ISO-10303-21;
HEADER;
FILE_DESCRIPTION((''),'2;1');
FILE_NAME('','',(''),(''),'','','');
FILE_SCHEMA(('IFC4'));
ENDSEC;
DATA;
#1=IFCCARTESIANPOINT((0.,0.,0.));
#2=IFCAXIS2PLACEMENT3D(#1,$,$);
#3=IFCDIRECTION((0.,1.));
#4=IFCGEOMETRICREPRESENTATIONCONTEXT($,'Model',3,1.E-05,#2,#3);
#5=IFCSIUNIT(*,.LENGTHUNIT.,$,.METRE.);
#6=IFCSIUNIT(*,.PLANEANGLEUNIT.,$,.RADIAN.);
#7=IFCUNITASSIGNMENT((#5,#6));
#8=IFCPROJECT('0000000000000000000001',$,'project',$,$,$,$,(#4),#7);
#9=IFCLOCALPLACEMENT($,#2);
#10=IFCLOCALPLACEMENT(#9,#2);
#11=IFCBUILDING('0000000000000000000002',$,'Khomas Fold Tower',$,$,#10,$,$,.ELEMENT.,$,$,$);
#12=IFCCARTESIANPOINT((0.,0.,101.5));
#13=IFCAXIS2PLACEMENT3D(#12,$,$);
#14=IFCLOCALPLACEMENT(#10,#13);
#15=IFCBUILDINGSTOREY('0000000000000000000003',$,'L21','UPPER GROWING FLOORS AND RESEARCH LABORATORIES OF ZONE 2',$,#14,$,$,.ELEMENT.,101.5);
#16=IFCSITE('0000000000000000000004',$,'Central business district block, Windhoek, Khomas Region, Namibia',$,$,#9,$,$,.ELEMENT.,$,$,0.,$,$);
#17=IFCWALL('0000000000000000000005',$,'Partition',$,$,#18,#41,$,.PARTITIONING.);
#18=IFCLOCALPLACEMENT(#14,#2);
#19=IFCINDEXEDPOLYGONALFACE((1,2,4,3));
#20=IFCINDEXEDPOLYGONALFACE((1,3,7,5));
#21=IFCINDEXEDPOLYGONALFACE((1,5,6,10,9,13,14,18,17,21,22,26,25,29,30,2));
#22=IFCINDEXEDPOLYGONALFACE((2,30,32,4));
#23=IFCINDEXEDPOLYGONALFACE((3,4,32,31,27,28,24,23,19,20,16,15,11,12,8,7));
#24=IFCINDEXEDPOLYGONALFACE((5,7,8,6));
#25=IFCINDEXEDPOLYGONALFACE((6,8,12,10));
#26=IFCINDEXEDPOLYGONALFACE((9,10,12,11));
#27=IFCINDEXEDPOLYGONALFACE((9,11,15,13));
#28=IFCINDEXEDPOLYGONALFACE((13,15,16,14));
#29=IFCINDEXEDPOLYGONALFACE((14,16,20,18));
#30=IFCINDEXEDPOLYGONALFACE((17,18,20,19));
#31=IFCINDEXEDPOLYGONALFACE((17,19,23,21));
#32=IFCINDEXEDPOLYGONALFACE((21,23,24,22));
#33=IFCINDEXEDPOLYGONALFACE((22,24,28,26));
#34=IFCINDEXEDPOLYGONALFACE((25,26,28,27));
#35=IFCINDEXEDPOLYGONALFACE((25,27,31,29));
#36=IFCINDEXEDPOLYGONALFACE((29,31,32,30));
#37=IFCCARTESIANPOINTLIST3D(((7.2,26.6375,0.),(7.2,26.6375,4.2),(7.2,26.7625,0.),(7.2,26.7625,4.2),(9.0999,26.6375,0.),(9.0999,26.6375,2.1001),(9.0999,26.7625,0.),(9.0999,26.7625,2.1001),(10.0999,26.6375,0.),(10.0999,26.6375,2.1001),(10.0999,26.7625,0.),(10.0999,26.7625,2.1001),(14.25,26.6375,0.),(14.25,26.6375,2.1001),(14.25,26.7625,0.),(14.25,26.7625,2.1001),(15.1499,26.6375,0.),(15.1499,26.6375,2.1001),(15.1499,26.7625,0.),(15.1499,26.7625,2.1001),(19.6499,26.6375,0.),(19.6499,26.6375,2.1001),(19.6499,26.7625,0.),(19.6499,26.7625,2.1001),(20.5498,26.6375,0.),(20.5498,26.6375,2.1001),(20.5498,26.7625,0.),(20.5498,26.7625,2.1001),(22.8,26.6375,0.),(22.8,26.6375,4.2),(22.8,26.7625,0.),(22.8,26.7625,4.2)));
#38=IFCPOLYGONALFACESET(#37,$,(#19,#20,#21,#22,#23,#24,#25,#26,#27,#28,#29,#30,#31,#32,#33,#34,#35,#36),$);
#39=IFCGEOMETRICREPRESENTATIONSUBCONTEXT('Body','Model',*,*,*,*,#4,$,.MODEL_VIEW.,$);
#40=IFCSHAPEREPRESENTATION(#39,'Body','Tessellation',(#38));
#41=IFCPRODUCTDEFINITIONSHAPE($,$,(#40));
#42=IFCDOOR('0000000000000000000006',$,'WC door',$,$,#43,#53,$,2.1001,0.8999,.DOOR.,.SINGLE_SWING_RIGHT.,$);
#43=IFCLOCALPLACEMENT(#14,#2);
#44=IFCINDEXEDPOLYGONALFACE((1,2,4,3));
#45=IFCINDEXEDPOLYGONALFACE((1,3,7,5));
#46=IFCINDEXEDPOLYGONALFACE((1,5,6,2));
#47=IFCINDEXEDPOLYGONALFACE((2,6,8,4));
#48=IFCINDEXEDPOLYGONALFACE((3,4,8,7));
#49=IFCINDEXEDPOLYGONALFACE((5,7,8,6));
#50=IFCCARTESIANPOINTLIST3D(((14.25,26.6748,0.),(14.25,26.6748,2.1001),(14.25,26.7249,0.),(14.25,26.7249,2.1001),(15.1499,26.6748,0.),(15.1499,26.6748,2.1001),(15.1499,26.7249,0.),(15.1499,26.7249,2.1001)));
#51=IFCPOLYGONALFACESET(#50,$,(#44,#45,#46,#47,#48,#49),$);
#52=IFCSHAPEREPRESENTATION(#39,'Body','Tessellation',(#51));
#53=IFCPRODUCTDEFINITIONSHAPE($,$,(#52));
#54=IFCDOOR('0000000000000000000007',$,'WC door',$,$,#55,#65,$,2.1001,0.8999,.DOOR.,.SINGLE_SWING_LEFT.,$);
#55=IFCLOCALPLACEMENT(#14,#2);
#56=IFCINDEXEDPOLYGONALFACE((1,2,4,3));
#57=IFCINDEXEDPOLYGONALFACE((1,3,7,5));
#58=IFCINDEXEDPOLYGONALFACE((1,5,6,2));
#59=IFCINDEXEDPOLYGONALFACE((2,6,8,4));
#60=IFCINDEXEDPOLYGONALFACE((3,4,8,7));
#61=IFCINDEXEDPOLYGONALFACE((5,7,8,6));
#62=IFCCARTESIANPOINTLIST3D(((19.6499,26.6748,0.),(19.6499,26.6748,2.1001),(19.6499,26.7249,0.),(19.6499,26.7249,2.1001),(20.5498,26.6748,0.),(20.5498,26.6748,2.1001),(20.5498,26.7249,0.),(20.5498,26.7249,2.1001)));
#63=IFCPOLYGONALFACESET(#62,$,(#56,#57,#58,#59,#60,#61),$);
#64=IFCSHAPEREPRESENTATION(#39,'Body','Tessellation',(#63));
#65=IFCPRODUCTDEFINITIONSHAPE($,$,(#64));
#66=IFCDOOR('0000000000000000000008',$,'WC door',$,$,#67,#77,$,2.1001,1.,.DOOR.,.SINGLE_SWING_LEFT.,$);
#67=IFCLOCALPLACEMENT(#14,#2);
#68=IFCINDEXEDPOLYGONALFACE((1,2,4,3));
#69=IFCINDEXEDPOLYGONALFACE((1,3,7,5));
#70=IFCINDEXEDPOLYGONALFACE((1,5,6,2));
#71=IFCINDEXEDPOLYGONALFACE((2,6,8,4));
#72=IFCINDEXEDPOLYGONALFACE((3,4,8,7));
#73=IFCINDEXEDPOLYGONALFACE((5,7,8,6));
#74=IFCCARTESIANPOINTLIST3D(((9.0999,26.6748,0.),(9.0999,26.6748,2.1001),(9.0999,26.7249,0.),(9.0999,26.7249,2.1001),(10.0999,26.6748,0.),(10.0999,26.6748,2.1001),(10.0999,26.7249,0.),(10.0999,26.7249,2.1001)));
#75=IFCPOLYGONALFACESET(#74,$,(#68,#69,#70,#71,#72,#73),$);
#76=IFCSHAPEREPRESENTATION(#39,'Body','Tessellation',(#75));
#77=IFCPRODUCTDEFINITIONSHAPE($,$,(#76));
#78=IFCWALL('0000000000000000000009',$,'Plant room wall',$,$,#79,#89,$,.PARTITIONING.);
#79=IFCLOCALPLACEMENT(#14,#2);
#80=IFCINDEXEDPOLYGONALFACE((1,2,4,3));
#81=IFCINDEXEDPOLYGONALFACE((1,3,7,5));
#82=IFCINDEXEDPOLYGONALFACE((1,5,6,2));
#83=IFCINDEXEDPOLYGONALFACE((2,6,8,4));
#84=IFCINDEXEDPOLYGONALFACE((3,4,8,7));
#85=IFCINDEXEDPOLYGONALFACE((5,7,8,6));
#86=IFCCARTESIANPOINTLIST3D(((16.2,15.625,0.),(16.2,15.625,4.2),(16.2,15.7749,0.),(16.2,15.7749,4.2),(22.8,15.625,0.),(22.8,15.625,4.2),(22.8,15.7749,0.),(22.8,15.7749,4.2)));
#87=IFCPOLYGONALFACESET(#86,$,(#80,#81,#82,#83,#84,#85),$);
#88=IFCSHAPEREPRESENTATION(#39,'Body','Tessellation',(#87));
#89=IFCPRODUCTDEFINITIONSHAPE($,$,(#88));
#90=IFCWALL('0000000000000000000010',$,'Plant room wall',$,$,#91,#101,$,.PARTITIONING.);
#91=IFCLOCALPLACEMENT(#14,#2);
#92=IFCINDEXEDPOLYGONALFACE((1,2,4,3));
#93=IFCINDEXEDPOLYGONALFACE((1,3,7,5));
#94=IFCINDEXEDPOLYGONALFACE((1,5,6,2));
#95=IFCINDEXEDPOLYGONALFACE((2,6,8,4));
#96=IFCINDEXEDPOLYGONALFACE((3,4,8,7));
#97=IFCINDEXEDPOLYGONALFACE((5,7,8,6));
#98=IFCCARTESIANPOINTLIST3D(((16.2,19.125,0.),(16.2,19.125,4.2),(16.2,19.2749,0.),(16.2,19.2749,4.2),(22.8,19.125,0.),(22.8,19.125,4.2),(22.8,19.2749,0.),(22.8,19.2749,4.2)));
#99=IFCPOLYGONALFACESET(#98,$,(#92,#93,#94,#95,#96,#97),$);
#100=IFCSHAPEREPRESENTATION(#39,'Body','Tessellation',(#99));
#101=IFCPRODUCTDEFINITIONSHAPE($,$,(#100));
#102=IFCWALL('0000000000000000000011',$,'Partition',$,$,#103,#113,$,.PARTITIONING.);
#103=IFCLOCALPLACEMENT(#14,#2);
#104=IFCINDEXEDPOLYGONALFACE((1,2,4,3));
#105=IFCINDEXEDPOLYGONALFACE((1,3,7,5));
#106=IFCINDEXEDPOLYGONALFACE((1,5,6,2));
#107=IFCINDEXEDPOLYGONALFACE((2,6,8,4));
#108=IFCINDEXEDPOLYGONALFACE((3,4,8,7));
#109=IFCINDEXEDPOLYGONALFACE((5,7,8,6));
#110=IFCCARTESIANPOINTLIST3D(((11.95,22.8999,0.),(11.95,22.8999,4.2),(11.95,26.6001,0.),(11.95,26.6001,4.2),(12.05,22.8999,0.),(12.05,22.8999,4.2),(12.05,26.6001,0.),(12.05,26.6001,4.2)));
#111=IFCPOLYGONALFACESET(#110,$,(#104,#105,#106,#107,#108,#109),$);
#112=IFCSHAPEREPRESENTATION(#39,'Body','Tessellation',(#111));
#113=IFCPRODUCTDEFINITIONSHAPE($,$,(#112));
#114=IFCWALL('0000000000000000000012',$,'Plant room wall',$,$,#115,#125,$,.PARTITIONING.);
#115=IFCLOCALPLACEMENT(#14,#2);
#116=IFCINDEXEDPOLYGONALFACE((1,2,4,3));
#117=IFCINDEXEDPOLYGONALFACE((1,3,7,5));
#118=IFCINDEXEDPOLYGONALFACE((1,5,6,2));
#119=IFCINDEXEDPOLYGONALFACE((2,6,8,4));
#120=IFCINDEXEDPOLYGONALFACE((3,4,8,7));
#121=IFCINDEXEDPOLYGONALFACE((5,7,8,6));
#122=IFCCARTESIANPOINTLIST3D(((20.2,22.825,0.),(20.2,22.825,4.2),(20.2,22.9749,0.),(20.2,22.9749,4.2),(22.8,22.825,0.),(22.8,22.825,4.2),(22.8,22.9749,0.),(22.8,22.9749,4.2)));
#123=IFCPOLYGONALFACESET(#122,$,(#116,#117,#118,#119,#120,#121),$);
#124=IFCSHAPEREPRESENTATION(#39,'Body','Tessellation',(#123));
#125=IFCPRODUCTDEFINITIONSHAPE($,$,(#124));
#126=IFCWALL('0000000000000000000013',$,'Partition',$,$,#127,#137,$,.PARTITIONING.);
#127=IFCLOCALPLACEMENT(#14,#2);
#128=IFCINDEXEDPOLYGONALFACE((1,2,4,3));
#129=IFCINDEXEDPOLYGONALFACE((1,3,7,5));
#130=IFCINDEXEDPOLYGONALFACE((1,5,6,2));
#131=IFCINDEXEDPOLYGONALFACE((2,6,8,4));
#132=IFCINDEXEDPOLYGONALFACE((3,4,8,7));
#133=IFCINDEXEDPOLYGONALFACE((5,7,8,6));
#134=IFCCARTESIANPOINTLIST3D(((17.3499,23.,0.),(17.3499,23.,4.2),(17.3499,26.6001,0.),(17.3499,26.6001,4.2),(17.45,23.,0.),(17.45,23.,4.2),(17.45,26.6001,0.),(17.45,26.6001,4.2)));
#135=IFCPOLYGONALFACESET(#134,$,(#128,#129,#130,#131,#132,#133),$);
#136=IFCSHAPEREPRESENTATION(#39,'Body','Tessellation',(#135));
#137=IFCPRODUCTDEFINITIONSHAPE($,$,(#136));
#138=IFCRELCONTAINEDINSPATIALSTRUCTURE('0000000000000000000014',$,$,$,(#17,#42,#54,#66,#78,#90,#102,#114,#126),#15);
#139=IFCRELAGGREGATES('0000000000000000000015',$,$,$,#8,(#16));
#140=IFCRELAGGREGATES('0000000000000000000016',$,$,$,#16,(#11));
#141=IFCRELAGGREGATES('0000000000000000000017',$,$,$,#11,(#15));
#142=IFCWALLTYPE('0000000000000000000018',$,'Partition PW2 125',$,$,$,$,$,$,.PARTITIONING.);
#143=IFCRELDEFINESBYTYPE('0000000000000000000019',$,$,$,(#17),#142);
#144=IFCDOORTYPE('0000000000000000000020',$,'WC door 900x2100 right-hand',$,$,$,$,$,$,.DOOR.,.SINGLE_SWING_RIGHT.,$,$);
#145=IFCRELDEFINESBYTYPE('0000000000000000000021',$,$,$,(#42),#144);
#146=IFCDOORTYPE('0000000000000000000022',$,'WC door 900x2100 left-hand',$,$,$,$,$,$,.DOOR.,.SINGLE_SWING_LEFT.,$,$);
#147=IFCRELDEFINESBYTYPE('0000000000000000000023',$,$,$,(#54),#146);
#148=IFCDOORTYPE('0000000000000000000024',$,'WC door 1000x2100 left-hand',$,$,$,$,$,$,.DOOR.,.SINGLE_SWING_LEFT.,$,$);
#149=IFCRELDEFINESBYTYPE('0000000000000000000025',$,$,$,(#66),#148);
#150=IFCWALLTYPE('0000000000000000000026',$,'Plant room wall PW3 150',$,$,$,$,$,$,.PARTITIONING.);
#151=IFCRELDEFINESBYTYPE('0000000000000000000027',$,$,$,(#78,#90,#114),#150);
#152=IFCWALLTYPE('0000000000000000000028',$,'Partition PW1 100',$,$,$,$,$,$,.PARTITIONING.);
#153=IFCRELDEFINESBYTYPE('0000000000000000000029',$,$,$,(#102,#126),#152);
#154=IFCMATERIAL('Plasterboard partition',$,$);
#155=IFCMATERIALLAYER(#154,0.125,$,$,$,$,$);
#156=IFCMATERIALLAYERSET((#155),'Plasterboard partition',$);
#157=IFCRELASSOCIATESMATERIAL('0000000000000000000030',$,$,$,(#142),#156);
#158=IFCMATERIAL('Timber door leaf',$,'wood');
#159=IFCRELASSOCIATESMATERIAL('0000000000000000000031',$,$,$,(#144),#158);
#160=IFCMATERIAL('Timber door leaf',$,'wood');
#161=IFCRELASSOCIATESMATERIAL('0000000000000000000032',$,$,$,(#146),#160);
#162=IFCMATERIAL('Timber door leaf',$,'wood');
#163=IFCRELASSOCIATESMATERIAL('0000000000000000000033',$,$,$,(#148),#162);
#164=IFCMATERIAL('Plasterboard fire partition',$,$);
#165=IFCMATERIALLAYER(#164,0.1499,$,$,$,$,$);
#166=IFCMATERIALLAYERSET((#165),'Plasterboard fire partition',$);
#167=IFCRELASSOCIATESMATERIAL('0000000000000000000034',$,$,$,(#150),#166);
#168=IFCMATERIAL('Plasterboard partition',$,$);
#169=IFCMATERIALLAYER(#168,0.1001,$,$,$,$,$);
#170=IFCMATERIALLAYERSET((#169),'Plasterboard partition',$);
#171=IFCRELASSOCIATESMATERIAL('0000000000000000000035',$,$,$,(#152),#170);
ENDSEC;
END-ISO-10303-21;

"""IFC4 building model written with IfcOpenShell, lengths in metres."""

from ifc_helpers import new_model, si_unit, direction, frame, frame_2d, origin, place, context, subcontext, project, spatial, rectangle, extrude, source, transform, mapped, material, layer, layer_set, type_object, element, fill, save


model = new_model("IFC4")

# Units and contexts
model_context = context("Model", 3, precision=1e-05, world=origin(), true_north=direction((0.0, 1.0)))
body_context = subcontext(model_context, "Body", "Model", "MODEL_VIEW")
ifc_project = project(units=[si_unit("LENGTHUNIT", "METRE"), si_unit("PLANEANGLEUNIT", "RADIAN")], contexts=[model_context])

# Site, building, storey
site_placement = place(None, origin())
site = spatial("IfcSite", under=ifc_project, at=site_placement, Name="Central business district block, Windhoek, Khomas Region, Namibia", CompositionType="ELEMENT", RefElevation=0.0)
building_placement = place(site_placement, origin())
building = spatial("IfcBuilding", under=site, at=building_placement, Name="Khomas Fold Tower", CompositionType="ELEMENT")
storey_placement = place(building_placement, frame((0.0, 0.0, 101.5)))
storey = spatial("IfcBuildingStorey", under=building, at=storey_placement, Name="L21", Description="UPPER GROWING FLOORS AND RESEARCH LABORATORIES OF ZONE 2", CompositionType="ELEMENT", Elevation=101.5)

# Wall, openings, doors
ifc_material_1 = material(Name="Plasterboard partition")
ifc_layer_1 = layer(ifc_material_1, 0.125)
ifc_layer_set_1 = layer_set([ifc_layer_1], Name="Plasterboard partition")
wall_type_1 = type_object("IfcWallType", Name="Partition PW2 125", PredefinedType="PARTITIONING", material=ifc_layer_set_1)
shared_shape_1 = source(origin(), body_context, "Body", "SweptSolid", [
    extrude(rectangle(XDim=15.6001, YDim=0.125, at=frame_2d((7.8, 0.0))), origin(), (0.0, 0.0, 1.0), 4.2),
])
wall_1_placement = place(storey_placement, frame((7.2, 26.7, 0.0), z_axis=(0.0, 0.0, 1.0), x_axis=(1.0, 0.0, 0.0)))
wall_1 = element("IfcWall", 1, at=wall_1_placement, inside=storey, type_object=wall_type_1, Name="Partition", PredefinedType="PARTITIONING", context=body_context, shape_type="MappedRepresentation", body=[
    mapped(shared_shape_1, transform((0.0, 0.0, 0.0))),
])
shared_shape_2 = source(origin(), body_context, "Body", "SweptSolid", [
    extrude(rectangle(XDim=1.0, YDim=2.1001, at=frame_2d((0.5, 1.05))), frame((0.0, 0.0725, 0.0), z_axis=(0.0, -1.0, 0.0), x_axis=(1.0, 0.0, 0.0)), (0.0, 0.0, 1.0), 0.145),
])
opening_1_placement = place(wall_1_placement, frame((1.8999, 0.0, 0.0)))
opening_1 = element("IfcOpeningElement", 2, at=opening_1_placement, cuts=wall_1, PredefinedType="OPENING", context=body_context, shape_type="MappedRepresentation", body=[
    mapped(shared_shape_2, transform((0.0, 0.0, 0.0))),
])
shared_shape_3 = source(origin(), body_context, "Body", "SweptSolid", [
    extrude(rectangle(XDim=0.8999, YDim=2.1001, at=frame_2d((0.45, 1.05))), frame((0.0, 0.0725, 0.0), z_axis=(0.0, -1.0, 0.0), x_axis=(1.0, 0.0, 0.0)), (0.0, 0.0, 1.0), 0.145),
])
opening_2_placement = place(wall_1_placement, frame((7.05, 0.0, 0.0)))
opening_2 = element("IfcOpeningElement", 3, at=opening_2_placement, cuts=wall_1, PredefinedType="OPENING", context=body_context, shape_type="MappedRepresentation", body=[
    mapped(shared_shape_3, transform((0.0, 0.0, 0.0))),
])
opening_3_placement = place(wall_1_placement, frame((12.45, 0.0, 0.0)))
opening_3 = element("IfcOpeningElement", 4, at=opening_3_placement, cuts=wall_1, PredefinedType="OPENING", context=body_context, shape_type="MappedRepresentation", body=[
    mapped(shared_shape_3, transform((0.0, 0.0, 0.0))),
])
ifc_material_2 = material(Name="Timber door leaf", Category="wood")
door_type_1 = type_object("IfcDoorType", Name="WC door 900x2100 right-hand", OperationType="SINGLE_SWING_RIGHT", PredefinedType="DOOR", material=ifc_material_2)
shared_shape_4 = source(origin(), body_context, "Body", "SweptSolid", [
    extrude(rectangle(XDim=0.8999, YDim=2.1001, at=frame_2d((0.45, 1.05))), frame((0.0, 0.0249, 0.0), z_axis=(0.0, -1.0, 0.0), x_axis=(1.0, 0.0, 0.0)), (0.0, 0.0, 1.0), 0.05),
])
door_1_placement = place(opening_2_placement, origin())
door_1 = element("IfcDoor", 5, at=door_1_placement, inside=storey, type_object=door_type_1, Name="WC door", OperationType="SINGLE_SWING_RIGHT", OverallHeight=2.1001, OverallWidth=0.8999, PredefinedType="DOOR", context=body_context, shape_type="MappedRepresentation", body=[
    mapped(shared_shape_4, transform((0.0, 0.0, 0.0))),
])
fill(opening_2, door_1)
ifc_material_3 = material(Name="Timber door leaf", Category="wood")
door_type_2 = type_object("IfcDoorType", Name="WC door 900x2100 left-hand", OperationType="SINGLE_SWING_LEFT", PredefinedType="DOOR", material=ifc_material_3)
door_2_placement = place(opening_3_placement, origin())
door_2 = element("IfcDoor", 6, at=door_2_placement, inside=storey, type_object=door_type_2, Name="WC door", OperationType="SINGLE_SWING_LEFT", OverallHeight=2.1001, OverallWidth=0.8999, PredefinedType="DOOR", context=body_context, shape_type="MappedRepresentation", body=[
    mapped(shared_shape_4, transform((0.0, 0.0, 0.0))),
])
fill(opening_3, door_2)
ifc_material_4 = material(Name="Timber door leaf", Category="wood")
door_type_3 = type_object("IfcDoorType", Name="WC door 1000x2100 left-hand", OperationType="SINGLE_SWING_LEFT", PredefinedType="DOOR", material=ifc_material_4)
shared_shape_5 = source(origin(), body_context, "Body", "SweptSolid", [
    extrude(rectangle(XDim=1.0, YDim=2.1001, at=frame_2d((0.5, 1.05))), frame((0.0, 0.0249, 0.0), z_axis=(0.0, -1.0, 0.0), x_axis=(1.0, 0.0, 0.0)), (0.0, 0.0, 1.0), 0.05),
])
door_3_placement = place(opening_1_placement, origin())
door_3 = element("IfcDoor", 7, at=door_3_placement, inside=storey, type_object=door_type_3, Name="WC door", OperationType="SINGLE_SWING_LEFT", OverallHeight=2.1001, OverallWidth=1.0, PredefinedType="DOOR", context=body_context, shape_type="MappedRepresentation", body=[
    mapped(shared_shape_5, transform((0.0, 0.0, 0.0))),
])
fill(opening_1, door_3)

# Walls
ifc_material_5 = material(Name="Plasterboard fire partition")
ifc_layer_2 = layer(ifc_material_5, 0.1499)
ifc_layer_set_2 = layer_set([ifc_layer_2], Name="Plasterboard fire partition")
wall_type_2 = type_object("IfcWallType", Name="Plant room wall PW3 150", PredefinedType="PARTITIONING", material=ifc_layer_set_2)
shared_shape_6 = source(origin(), body_context, "Body", "SweptSolid", [
    extrude(rectangle(XDim=6.6001, YDim=0.1499, at=frame_2d((3.3, 0.0))), origin(), (0.0, 0.0, 1.0), 4.2),
])
for number, where, z_axis, x_axis, name in (
    (8, (16.2, 15.7, 0.0), (0.0, 0.0, 1.0), (1.0, 0.0, 0.0), "Plant room wall"),
    (9, (16.2, 19.2, 0.0), (0.0, 0.0, 1.0), (1.0, 0.0, 0.0), "Plant room wall"),
):
    element("IfcWall", number, at=place(storey_placement, frame(where, z_axis=z_axis, x_axis=x_axis)), inside=storey, type_object=wall_type_2, Name=name, PredefinedType="PARTITIONING", context=body_context, shape_type="MappedRepresentation", body=[
        mapped(shared_shape_6, transform((0.0, 0.0, 0.0))),
    ])
ifc_material_6 = material(Name="Plasterboard partition")
ifc_layer_3 = layer(ifc_material_6, 0.1001)
ifc_layer_set_3 = layer_set([ifc_layer_3], Name="Plasterboard partition")
wall_type_3 = type_object("IfcWallType", Name="Partition PW1 100", PredefinedType="PARTITIONING", material=ifc_layer_set_3)
shared_shape_7 = source(origin(), body_context, "Body", "SweptSolid", [
    extrude(rectangle(XDim=3.7002, YDim=0.1001, at=frame_2d((1.8501, 0.0))), origin(), (0.0, 0.0, 1.0), 4.2),
])
wall_2_placement = place(storey_placement, frame((12.0, 22.8999, 0.0), z_axis=(0.0, 0.0, 1.0), x_axis=(0.0, 1.0, 0.0)))
element("IfcWall", 10, at=wall_2_placement, inside=storey, type_object=wall_type_3, Name="Partition", PredefinedType="PARTITIONING", context=body_context, shape_type="MappedRepresentation", body=[
    mapped(shared_shape_7, transform((0.0, 0.0, 0.0))),
])
shared_shape_8 = source(origin(), body_context, "Body", "SweptSolid", [
    extrude(rectangle(XDim=2.6001, YDim=0.1499, at=frame_2d((1.3, 0.0))), origin(), (0.0, 0.0, 1.0), 4.2),
])
wall_3_placement = place(storey_placement, frame((20.2, 22.8999, 0.0), z_axis=(0.0, 0.0, 1.0), x_axis=(1.0, 0.0, 0.0)))
element("IfcWall", 11, at=wall_3_placement, inside=storey, type_object=wall_type_2, Name="Plant room wall", PredefinedType="PARTITIONING", context=body_context, shape_type="MappedRepresentation", body=[
    mapped(shared_shape_8, transform((0.0, 0.0, 0.0))),
])
shared_shape_9 = source(origin(), body_context, "Body", "SweptSolid", [
    extrude(rectangle(XDim=3.6001, YDim=0.1001, at=frame_2d((1.8, 0.0))), origin(), (0.0, 0.0, 1.0), 4.2),
])
wall_4_placement = place(storey_placement, frame((17.3999, 23.0, 0.0), z_axis=(0.0, 0.0, 1.0), x_axis=(0.0, 1.0, 0.0)))
element("IfcWall", 12, at=wall_4_placement, inside=storey, type_object=wall_type_3, Name="Partition", PredefinedType="PARTITIONING", context=body_context, shape_type="MappedRepresentation", body=[
    mapped(shared_shape_9, transform((0.0, 0.0, 0.0))),
])

save(model, "model.ifc")
